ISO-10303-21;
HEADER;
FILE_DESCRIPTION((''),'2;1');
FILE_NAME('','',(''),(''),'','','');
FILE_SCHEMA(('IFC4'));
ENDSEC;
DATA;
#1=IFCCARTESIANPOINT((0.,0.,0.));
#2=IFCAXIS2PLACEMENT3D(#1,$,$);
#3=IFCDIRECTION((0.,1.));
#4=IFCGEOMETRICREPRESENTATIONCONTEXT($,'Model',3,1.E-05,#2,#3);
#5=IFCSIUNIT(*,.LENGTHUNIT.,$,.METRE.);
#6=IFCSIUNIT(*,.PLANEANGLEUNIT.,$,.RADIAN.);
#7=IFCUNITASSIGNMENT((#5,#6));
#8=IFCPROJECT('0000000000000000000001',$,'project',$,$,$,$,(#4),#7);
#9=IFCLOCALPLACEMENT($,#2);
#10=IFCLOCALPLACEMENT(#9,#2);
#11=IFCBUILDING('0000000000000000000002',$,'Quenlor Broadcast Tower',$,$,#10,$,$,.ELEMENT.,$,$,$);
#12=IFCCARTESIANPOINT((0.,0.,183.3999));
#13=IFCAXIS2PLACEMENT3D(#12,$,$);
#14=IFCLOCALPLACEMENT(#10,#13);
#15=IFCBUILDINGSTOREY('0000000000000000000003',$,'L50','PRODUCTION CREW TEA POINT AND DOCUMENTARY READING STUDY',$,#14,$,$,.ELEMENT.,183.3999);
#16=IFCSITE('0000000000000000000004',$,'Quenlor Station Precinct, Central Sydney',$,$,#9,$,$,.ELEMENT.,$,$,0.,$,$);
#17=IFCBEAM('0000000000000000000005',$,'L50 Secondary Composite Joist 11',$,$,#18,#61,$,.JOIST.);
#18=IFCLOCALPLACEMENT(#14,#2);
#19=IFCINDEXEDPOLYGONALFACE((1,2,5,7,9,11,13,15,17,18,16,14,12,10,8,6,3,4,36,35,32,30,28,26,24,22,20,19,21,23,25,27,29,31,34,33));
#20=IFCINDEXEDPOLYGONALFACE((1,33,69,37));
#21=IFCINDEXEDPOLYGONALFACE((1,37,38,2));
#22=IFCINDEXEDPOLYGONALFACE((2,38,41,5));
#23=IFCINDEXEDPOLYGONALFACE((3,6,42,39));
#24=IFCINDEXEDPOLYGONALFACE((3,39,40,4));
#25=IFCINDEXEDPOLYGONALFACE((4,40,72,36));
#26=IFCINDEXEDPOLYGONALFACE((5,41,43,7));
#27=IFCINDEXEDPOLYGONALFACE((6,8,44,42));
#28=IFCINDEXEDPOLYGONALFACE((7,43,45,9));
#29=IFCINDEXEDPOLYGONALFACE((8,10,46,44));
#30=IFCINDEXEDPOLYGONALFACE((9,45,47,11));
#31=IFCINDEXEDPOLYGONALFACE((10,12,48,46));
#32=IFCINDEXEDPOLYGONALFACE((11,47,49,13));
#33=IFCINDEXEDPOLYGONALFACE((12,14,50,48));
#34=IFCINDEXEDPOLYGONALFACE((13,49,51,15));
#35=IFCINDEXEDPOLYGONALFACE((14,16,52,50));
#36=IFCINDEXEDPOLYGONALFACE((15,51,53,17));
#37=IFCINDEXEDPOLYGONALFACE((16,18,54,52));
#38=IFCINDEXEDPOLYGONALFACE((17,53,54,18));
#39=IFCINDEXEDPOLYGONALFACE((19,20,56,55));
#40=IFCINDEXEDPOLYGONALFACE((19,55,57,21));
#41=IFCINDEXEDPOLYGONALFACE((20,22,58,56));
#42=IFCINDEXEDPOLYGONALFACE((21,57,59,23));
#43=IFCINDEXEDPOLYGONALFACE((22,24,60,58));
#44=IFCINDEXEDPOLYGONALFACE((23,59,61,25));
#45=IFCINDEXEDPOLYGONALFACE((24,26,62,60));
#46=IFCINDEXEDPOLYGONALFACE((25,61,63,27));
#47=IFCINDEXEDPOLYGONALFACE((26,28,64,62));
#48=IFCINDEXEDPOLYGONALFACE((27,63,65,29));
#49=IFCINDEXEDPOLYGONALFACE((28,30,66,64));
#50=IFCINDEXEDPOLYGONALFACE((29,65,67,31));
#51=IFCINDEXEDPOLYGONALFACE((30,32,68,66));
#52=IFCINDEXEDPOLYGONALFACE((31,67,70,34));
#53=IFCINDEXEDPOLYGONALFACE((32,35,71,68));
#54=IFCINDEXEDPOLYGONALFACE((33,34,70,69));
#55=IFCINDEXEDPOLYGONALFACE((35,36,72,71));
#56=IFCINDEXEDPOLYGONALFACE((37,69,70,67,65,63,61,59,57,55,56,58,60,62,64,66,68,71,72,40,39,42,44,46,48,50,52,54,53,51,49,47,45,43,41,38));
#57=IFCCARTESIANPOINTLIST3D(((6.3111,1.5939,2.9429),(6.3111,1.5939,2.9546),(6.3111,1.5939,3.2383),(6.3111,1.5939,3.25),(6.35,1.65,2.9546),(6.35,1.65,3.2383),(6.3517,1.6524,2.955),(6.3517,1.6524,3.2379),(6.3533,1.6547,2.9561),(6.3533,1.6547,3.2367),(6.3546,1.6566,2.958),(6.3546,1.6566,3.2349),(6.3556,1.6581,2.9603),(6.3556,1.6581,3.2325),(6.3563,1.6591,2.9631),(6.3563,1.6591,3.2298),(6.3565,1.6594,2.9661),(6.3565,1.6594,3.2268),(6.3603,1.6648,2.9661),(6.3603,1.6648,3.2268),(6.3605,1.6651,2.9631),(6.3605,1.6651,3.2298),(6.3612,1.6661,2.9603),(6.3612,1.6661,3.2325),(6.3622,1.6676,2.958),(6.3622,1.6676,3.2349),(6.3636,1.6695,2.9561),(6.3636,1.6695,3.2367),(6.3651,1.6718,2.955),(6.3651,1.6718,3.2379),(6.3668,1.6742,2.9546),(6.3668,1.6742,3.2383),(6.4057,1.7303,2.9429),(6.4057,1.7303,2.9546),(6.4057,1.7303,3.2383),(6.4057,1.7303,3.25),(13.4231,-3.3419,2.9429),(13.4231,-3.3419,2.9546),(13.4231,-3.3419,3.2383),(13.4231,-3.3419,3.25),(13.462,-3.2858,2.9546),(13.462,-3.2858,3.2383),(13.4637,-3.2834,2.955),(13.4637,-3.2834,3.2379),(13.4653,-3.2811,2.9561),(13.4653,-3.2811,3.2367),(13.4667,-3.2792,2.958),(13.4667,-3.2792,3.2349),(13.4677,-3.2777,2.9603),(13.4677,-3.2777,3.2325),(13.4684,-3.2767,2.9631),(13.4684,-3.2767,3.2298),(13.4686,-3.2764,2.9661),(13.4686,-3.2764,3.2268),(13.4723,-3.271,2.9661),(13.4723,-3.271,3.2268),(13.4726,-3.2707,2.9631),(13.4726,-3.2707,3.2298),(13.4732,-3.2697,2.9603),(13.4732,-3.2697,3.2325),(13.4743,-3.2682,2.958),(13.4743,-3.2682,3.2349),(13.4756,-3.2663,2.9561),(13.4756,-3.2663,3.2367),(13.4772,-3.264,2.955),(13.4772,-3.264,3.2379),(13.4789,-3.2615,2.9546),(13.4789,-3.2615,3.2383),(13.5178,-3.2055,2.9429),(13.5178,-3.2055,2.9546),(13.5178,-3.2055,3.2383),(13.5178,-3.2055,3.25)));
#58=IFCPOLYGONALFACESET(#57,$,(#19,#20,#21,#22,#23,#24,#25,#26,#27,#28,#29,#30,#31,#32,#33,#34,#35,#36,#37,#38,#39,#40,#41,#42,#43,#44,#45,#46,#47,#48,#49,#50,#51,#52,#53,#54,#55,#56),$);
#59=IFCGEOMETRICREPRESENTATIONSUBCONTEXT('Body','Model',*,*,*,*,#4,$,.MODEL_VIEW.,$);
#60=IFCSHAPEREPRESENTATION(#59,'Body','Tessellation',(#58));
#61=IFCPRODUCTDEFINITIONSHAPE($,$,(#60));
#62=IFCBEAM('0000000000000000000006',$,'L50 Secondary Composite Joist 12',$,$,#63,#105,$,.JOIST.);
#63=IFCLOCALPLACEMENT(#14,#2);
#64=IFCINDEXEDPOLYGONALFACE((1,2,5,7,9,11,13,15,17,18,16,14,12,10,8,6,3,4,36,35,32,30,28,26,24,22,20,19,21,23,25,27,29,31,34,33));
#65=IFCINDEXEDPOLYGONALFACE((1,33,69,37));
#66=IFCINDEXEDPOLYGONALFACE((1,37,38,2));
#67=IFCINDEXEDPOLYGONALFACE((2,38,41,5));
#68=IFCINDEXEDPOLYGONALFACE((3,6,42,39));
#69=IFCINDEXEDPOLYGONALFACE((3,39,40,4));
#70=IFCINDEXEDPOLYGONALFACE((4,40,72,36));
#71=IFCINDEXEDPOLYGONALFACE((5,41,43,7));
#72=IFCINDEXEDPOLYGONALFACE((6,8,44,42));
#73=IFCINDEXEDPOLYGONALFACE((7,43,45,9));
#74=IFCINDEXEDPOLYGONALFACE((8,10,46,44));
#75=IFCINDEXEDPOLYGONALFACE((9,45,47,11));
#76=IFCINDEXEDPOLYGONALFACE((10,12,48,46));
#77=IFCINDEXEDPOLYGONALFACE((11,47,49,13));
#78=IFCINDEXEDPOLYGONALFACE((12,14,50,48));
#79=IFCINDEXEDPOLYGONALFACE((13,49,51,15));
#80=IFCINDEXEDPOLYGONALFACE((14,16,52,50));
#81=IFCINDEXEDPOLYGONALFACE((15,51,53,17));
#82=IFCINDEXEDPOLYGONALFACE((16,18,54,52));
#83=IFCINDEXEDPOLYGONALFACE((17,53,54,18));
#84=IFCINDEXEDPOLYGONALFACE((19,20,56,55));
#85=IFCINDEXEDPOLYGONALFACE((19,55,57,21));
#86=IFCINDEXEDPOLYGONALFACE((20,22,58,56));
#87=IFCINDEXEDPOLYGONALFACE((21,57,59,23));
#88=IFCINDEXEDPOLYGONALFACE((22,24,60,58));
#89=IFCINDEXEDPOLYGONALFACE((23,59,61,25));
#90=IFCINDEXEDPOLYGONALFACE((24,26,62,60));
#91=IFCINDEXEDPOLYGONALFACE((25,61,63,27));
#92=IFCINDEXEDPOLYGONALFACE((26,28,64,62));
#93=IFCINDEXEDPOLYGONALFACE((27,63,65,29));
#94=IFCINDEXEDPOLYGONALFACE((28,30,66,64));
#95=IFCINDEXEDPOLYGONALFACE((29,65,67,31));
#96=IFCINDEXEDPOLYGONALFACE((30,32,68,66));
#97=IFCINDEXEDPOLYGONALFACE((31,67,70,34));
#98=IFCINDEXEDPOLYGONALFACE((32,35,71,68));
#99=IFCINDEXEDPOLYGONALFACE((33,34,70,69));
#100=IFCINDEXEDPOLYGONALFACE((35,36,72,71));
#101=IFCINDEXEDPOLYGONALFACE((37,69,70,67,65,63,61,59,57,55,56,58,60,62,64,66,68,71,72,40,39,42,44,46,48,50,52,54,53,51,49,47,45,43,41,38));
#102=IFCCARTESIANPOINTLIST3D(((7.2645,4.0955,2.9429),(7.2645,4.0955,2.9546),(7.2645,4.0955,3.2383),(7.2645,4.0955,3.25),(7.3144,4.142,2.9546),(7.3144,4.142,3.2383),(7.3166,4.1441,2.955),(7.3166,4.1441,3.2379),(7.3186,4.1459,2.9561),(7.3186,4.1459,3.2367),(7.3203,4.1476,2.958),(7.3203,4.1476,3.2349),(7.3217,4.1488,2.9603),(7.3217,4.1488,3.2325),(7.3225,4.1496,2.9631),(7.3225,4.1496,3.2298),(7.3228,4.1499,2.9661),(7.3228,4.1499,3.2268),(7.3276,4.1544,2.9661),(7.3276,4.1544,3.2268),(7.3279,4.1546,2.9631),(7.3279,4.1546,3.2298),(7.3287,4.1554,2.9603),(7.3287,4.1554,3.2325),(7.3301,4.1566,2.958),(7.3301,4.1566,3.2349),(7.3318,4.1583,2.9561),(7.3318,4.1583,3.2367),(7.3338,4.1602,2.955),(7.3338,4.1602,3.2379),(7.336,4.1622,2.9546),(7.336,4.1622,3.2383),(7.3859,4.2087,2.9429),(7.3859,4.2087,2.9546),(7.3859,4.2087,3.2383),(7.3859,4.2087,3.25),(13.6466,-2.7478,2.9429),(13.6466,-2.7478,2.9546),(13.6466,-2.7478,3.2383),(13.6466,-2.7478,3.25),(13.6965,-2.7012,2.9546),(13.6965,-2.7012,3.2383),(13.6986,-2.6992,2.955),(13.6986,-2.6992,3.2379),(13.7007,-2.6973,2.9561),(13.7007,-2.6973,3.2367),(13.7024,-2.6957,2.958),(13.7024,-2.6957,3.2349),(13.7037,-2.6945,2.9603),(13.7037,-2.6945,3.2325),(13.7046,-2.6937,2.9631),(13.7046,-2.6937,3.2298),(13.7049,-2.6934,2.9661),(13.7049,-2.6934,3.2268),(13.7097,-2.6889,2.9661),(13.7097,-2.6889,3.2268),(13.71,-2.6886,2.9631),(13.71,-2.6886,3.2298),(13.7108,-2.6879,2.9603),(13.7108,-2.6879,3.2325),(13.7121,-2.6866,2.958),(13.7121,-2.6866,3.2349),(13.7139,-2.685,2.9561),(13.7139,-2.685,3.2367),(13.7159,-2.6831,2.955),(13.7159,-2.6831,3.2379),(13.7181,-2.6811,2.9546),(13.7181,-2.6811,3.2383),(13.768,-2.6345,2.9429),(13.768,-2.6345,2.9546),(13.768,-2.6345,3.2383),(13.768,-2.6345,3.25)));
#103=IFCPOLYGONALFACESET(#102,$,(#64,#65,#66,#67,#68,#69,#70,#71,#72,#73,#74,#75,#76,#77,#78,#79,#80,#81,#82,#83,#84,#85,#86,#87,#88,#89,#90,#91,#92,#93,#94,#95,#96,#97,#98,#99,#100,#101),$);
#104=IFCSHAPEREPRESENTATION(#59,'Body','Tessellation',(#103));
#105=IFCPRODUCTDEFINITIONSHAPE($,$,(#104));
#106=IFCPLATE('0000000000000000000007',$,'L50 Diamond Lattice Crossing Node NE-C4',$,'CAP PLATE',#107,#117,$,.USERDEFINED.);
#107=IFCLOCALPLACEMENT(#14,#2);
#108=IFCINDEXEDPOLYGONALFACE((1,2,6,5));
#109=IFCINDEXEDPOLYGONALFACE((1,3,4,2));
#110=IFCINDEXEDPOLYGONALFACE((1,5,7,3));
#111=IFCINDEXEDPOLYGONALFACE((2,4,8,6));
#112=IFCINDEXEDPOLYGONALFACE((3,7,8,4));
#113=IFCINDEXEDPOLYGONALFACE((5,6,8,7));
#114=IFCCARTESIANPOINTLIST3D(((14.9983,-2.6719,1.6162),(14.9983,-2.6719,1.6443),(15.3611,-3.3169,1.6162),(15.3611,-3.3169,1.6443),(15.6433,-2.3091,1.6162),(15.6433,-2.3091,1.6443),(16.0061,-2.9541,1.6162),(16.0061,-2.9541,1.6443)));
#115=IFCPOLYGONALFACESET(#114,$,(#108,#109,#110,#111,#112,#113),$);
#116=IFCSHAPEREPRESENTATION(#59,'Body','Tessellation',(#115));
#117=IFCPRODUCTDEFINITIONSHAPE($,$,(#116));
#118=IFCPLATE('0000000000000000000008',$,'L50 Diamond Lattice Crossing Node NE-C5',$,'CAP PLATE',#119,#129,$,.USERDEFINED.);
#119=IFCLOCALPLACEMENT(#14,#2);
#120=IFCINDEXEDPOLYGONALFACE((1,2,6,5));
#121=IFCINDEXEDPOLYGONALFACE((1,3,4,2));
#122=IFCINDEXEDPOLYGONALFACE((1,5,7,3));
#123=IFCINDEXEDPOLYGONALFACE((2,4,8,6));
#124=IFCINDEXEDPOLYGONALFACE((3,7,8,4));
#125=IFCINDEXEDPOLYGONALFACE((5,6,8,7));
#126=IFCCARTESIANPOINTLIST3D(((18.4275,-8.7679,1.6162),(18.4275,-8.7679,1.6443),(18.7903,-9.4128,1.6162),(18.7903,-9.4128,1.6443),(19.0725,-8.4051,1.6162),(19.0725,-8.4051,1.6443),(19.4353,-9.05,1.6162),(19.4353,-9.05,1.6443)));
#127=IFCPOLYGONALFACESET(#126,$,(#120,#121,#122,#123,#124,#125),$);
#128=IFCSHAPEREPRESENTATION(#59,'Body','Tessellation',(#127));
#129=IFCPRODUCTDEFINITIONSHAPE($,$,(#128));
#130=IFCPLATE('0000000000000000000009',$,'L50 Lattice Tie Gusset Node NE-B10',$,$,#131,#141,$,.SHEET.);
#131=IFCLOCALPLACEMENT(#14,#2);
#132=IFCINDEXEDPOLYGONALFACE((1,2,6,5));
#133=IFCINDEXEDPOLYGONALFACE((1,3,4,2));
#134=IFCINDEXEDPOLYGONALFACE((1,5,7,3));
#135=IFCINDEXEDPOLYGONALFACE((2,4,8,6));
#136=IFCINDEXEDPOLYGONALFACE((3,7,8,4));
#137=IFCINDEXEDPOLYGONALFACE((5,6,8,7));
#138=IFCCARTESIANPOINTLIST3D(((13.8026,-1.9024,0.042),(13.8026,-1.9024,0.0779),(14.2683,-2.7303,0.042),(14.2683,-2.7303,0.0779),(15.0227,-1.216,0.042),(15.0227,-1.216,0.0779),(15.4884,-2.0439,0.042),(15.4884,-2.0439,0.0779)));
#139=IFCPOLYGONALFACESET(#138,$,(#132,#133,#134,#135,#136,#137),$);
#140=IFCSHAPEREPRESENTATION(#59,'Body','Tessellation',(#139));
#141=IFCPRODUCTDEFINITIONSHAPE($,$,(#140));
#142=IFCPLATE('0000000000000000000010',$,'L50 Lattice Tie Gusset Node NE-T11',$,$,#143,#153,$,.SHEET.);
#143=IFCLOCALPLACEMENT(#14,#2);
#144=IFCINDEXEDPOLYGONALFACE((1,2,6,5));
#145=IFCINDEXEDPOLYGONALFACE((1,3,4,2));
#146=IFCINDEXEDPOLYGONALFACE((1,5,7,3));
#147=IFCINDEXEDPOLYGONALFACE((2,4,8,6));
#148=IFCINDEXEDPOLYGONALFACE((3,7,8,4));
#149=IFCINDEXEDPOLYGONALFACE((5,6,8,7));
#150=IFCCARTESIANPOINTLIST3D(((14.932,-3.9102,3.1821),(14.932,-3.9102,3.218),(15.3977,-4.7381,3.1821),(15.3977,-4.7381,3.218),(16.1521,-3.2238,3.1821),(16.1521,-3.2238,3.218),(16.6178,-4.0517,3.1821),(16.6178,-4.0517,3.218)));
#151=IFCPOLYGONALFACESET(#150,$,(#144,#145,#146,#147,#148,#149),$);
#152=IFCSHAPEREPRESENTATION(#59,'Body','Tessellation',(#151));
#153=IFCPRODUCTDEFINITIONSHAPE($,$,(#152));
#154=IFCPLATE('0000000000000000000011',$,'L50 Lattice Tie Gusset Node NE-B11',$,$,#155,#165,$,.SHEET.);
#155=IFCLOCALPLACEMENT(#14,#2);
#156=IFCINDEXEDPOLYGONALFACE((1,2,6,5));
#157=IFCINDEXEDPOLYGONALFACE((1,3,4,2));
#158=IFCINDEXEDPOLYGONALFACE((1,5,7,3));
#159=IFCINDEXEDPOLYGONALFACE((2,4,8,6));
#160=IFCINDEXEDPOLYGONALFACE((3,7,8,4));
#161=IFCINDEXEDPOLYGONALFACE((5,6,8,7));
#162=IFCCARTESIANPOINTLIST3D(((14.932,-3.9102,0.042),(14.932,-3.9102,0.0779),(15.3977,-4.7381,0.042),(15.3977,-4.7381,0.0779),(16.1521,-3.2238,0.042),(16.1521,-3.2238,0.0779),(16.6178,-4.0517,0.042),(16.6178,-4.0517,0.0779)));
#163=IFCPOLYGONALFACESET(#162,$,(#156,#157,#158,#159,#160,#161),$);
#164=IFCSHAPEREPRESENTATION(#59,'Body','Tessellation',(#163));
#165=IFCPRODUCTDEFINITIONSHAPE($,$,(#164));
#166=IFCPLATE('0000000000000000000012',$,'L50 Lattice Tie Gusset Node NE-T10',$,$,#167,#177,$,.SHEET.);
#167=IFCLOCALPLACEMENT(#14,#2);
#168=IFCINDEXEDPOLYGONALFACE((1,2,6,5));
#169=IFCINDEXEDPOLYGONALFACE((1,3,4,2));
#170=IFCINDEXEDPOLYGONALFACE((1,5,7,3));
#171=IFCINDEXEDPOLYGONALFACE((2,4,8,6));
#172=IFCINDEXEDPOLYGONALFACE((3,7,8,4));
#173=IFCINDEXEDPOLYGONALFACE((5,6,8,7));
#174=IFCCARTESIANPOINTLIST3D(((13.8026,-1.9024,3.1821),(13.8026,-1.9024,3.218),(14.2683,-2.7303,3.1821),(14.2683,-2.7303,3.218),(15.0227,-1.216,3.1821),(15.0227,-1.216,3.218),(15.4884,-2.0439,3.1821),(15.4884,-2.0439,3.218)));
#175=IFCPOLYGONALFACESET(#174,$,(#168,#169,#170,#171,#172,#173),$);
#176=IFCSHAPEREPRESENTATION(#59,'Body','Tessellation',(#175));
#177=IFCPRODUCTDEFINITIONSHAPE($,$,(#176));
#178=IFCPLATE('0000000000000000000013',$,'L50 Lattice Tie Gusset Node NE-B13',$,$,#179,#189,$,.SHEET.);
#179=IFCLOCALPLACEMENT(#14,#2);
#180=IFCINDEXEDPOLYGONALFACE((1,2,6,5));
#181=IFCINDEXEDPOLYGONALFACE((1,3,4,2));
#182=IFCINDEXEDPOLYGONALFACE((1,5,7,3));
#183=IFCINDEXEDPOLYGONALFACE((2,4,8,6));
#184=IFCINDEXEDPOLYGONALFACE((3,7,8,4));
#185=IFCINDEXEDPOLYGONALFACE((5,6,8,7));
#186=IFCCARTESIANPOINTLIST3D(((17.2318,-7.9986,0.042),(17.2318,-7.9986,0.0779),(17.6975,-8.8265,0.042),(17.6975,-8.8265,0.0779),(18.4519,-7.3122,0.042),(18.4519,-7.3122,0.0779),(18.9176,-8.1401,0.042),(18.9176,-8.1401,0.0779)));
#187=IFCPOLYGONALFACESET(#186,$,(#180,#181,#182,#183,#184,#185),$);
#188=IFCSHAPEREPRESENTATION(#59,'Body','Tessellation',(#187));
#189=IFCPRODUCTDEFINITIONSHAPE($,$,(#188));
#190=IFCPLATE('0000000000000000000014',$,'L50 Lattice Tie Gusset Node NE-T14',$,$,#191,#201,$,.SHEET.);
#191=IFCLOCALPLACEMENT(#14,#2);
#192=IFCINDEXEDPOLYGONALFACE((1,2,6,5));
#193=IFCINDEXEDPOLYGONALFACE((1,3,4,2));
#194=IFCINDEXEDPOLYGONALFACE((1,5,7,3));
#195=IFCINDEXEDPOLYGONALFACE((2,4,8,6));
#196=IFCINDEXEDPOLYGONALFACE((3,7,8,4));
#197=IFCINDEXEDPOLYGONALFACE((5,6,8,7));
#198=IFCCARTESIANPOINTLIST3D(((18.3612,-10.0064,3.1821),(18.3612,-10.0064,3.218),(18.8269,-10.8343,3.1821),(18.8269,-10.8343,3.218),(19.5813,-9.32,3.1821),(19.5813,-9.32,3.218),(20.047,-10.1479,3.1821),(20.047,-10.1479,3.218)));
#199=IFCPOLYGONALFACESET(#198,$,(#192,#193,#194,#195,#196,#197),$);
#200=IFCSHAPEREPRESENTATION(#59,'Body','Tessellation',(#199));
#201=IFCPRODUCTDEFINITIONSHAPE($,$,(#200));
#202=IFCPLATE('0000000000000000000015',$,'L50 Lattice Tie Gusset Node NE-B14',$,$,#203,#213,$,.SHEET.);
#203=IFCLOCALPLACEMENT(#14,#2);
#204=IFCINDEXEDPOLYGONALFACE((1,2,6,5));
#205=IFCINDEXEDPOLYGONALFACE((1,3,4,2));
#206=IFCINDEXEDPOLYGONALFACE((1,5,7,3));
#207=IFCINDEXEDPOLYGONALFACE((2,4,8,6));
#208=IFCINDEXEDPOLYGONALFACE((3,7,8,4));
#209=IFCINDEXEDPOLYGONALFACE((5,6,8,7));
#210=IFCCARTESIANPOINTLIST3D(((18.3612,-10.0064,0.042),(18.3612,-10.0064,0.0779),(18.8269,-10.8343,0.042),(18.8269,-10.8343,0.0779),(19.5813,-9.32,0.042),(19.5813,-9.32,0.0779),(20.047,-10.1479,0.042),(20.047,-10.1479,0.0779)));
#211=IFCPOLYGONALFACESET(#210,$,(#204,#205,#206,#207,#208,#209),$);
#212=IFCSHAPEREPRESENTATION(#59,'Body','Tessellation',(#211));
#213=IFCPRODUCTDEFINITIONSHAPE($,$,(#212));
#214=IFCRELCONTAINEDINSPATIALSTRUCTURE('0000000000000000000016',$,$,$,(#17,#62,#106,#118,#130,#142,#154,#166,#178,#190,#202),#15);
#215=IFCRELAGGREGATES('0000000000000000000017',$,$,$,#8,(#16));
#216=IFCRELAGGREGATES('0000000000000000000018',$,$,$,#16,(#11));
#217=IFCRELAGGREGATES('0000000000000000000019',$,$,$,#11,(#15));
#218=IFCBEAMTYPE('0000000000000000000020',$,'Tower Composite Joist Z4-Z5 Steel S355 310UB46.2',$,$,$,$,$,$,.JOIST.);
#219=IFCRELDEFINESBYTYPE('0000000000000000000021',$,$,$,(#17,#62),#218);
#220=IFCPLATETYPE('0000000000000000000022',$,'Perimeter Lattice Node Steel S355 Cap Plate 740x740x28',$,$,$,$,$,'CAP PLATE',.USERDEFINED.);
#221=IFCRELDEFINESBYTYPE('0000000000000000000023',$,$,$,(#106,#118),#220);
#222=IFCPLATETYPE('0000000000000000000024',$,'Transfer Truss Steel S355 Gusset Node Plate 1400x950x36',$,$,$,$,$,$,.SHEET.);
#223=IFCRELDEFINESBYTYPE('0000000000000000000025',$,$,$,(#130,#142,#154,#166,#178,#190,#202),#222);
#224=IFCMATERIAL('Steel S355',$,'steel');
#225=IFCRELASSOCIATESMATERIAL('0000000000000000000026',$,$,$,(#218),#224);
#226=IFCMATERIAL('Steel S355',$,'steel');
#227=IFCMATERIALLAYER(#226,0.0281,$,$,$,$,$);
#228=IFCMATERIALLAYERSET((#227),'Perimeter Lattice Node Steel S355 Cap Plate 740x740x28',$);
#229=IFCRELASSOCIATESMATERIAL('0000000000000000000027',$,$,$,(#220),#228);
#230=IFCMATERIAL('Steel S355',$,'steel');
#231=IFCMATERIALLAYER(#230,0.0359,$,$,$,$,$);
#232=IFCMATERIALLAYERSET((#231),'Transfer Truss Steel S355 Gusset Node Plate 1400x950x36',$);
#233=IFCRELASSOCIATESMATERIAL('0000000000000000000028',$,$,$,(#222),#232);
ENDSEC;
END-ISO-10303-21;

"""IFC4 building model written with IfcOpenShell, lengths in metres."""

from ifc_helpers import new_model, si_unit, direction, frame, origin, origin_2d, place, context, subcontext, project, spatial, rectangle, i_section, extrude, material, layer, layer_set, material_profile, profile_set, type_object, element, save


model = new_model("IFC4")

# Units and contexts
model_context = context("Model", 3, precision=1e-05, world=origin(), true_north=direction((0.0, 1.0)))
body_context = subcontext(model_context, "Body", "Model", "MODEL_VIEW")
ifc_project = project(units=[si_unit("LENGTHUNIT", "METRE"), si_unit("PLANEANGLEUNIT", "RADIAN")], contexts=[model_context])

# Site, building, storey
site_placement = place(None, origin())
site = spatial("IfcSite", under=ifc_project, at=site_placement, Name="Quenlor Station Precinct, Central Sydney", CompositionType="ELEMENT", RefElevation=0.0)
building_placement = place(site_placement, origin())
building = spatial("IfcBuilding", under=site, at=building_placement, Name="Quenlor Broadcast Tower", CompositionType="ELEMENT")
storey_placement = place(building_placement, frame((0.0, 0.0, 183.3999)))
storey = spatial("IfcBuildingStorey", under=building, at=storey_placement, Name="L50", Description="PRODUCTION CREW TEA POINT AND DOCUMENTARY READING STUDY", CompositionType="ELEMENT", Elevation=183.3999)

# Beams
ifc_material_1 = material(Name="Steel S355", Category="steel")
ifc_material_profile_1 = material_profile(ifc_material_1, i_section(OverallWidth=0.166, OverallDepth=0.3071, WebThickness=0.0066, FlangeThickness=0.0117, FilletRadius=0.0115, at=origin_2d()))
ifc_profile_set_1 = profile_set([ifc_material_profile_1], Name="Steel S355 310UB46.2")
beam_type_1 = type_object("IfcBeamType", Name="Tower Composite Joist Z4-Z5 Steel S355 310UB46.2", PredefinedType="JOIST", material=ifc_profile_set_1)
beam_1_placement = place(storey_placement, frame((13.4705, -3.2737, 3.0964), z_axis=(-0.82154, 0.570151, 0.0), x_axis=(-0.570151, -0.82154, 0.0)))
element("IfcBeam", 1, at=beam_1_placement, inside=storey, type_object=beam_type_1, Name="L50 Secondary Composite Joist 11", PredefinedType="JOIST", context=body_context, shape_type="SweptSolid", body=[
    extrude(i_section(OverallWidth=0.166, OverallDepth=0.3071, WebThickness=0.0066, FlangeThickness=0.0117, FilletRadius=0.0115, at=origin_2d()), origin(), (0.0, 0.0, 1.0), 8.657),
])
beam_2_placement = place(storey_placement, frame((13.7073, -2.6912, 3.0964), z_axis=(-0.682035, 0.73132, 0.0), x_axis=(-0.73132, -0.682035, 0.0)))
element("IfcBeam", 2, at=beam_2_placement, inside=storey, type_object=beam_type_1, Name="L50 Secondary Composite Joist 12", PredefinedType="JOIST", context=body_context, shape_type="SweptSolid", body=[
    extrude(i_section(OverallWidth=0.166, OverallDepth=0.3071, WebThickness=0.0066, FlangeThickness=0.0117, FilletRadius=0.0115, at=origin_2d()), origin(), (0.0, 0.0, 1.0), 9.3574),
])

# Plates
ifc_material_2 = material(Name="Steel S355", Category="steel")
ifc_layer_1 = layer(ifc_material_2, 0.0281)
ifc_layer_set_1 = layer_set([ifc_layer_1], Name="Perimeter Lattice Node Steel S355 Cap Plate 740x740x28")
plate_type_1 = type_object("IfcPlateType", Name="Perimeter Lattice Node Steel S355 Cap Plate 740x740x28", ElementType="CAP PLATE", PredefinedType="USERDEFINED", material=ifc_layer_set_1)
for number, where, z_axis, x_axis, name in (
    (3, (15.5022, -2.813, 1.6162), (0.0, 0.0, 1.0), (0.490295, -0.871556, 0.0), "L50 Diamond Lattice Crossing Node NE-C4"),
    (4, (18.9314, -8.9089, 1.6162), (0.0, 0.0, 1.0), (0.490295, -0.871556, 0.0), "L50 Diamond Lattice Crossing Node NE-C5"),
):
    element("IfcPlate", number, at=place(storey_placement, frame(where, z_axis=z_axis, x_axis=x_axis)), inside=storey, type_object=plate_type_1, Name=name, ObjectType="CAP PLATE", PredefinedType="USERDEFINED", context=body_context, shape_type="SweptSolid", body=[
        extrude(rectangle(XDim=0.74, YDim=0.74, at=origin_2d()), origin(), (0.0, 0.0, 1.0), 0.0281),
    ])
ifc_material_3 = material(Name="Steel S355", Category="steel")
ifc_layer_2 = layer(ifc_material_3, 0.0359)
ifc_layer_set_2 = layer_set([ifc_layer_2], Name="Transfer Truss Steel S355 Gusset Node Plate 1400x950x36")
plate_type_2 = type_object("IfcPlateType", Name="Transfer Truss Steel S355 Gusset Node Plate 1400x950x36", PredefinedType="SHEET", material=ifc_layer_set_2)
for number, where, z_axis, x_axis, name in (
    (5, (14.6455, -1.9731, 0.042), (0.0, 0.0, 1.0), (0.871556, 0.490295, 0.0), "L50 Lattice Tie Gusset Node NE-B10"),
    (6, (15.7749, -3.981, 3.1821), (0.0, 0.0, 1.0), (0.871556, 0.490295, 0.0), "L50 Lattice Tie Gusset Node NE-T11"),
    (7, (15.7749, -3.981, 0.042), (0.0, 0.0, 1.0), (0.871556, 0.490295, 0.0), "L50 Lattice Tie Gusset Node NE-B11"),
    (8, (14.6455, -1.9731, 3.1821), (0.0, 0.0, 1.0), (0.871556, 0.490295, 0.0), "L50 Lattice Tie Gusset Node NE-T10"),
    (9, (18.0747, -8.0693, 0.042), (0.0, 0.0, 1.0), (0.871556, 0.490295, 0.0), "L50 Lattice Tie Gusset Node NE-B13"),
    (10, (19.2041, -10.0771, 3.1821), (0.0, 0.0, 1.0), (0.871556, 0.490295, 0.0), "L50 Lattice Tie Gusset Node NE-T14"),
    (11, (19.2041, -10.0771, 0.042), (0.0, 0.0, 1.0), (0.871556, 0.490295, 0.0), "L50 Lattice Tie Gusset Node NE-B14"),
):
    element("IfcPlate", number, at=place(storey_placement, frame(where, z_axis=z_axis, x_axis=x_axis)), inside=storey, type_object=plate_type_2, Name=name, PredefinedType="SHEET", context=body_context, shape_type="SweptSolid", body=[
        extrude(rectangle(XDim=1.3999, YDim=0.95, at=origin_2d()), origin(), (0.0, 0.0, 1.0), 0.0359),
    ])

save(model, "model.ifc")
